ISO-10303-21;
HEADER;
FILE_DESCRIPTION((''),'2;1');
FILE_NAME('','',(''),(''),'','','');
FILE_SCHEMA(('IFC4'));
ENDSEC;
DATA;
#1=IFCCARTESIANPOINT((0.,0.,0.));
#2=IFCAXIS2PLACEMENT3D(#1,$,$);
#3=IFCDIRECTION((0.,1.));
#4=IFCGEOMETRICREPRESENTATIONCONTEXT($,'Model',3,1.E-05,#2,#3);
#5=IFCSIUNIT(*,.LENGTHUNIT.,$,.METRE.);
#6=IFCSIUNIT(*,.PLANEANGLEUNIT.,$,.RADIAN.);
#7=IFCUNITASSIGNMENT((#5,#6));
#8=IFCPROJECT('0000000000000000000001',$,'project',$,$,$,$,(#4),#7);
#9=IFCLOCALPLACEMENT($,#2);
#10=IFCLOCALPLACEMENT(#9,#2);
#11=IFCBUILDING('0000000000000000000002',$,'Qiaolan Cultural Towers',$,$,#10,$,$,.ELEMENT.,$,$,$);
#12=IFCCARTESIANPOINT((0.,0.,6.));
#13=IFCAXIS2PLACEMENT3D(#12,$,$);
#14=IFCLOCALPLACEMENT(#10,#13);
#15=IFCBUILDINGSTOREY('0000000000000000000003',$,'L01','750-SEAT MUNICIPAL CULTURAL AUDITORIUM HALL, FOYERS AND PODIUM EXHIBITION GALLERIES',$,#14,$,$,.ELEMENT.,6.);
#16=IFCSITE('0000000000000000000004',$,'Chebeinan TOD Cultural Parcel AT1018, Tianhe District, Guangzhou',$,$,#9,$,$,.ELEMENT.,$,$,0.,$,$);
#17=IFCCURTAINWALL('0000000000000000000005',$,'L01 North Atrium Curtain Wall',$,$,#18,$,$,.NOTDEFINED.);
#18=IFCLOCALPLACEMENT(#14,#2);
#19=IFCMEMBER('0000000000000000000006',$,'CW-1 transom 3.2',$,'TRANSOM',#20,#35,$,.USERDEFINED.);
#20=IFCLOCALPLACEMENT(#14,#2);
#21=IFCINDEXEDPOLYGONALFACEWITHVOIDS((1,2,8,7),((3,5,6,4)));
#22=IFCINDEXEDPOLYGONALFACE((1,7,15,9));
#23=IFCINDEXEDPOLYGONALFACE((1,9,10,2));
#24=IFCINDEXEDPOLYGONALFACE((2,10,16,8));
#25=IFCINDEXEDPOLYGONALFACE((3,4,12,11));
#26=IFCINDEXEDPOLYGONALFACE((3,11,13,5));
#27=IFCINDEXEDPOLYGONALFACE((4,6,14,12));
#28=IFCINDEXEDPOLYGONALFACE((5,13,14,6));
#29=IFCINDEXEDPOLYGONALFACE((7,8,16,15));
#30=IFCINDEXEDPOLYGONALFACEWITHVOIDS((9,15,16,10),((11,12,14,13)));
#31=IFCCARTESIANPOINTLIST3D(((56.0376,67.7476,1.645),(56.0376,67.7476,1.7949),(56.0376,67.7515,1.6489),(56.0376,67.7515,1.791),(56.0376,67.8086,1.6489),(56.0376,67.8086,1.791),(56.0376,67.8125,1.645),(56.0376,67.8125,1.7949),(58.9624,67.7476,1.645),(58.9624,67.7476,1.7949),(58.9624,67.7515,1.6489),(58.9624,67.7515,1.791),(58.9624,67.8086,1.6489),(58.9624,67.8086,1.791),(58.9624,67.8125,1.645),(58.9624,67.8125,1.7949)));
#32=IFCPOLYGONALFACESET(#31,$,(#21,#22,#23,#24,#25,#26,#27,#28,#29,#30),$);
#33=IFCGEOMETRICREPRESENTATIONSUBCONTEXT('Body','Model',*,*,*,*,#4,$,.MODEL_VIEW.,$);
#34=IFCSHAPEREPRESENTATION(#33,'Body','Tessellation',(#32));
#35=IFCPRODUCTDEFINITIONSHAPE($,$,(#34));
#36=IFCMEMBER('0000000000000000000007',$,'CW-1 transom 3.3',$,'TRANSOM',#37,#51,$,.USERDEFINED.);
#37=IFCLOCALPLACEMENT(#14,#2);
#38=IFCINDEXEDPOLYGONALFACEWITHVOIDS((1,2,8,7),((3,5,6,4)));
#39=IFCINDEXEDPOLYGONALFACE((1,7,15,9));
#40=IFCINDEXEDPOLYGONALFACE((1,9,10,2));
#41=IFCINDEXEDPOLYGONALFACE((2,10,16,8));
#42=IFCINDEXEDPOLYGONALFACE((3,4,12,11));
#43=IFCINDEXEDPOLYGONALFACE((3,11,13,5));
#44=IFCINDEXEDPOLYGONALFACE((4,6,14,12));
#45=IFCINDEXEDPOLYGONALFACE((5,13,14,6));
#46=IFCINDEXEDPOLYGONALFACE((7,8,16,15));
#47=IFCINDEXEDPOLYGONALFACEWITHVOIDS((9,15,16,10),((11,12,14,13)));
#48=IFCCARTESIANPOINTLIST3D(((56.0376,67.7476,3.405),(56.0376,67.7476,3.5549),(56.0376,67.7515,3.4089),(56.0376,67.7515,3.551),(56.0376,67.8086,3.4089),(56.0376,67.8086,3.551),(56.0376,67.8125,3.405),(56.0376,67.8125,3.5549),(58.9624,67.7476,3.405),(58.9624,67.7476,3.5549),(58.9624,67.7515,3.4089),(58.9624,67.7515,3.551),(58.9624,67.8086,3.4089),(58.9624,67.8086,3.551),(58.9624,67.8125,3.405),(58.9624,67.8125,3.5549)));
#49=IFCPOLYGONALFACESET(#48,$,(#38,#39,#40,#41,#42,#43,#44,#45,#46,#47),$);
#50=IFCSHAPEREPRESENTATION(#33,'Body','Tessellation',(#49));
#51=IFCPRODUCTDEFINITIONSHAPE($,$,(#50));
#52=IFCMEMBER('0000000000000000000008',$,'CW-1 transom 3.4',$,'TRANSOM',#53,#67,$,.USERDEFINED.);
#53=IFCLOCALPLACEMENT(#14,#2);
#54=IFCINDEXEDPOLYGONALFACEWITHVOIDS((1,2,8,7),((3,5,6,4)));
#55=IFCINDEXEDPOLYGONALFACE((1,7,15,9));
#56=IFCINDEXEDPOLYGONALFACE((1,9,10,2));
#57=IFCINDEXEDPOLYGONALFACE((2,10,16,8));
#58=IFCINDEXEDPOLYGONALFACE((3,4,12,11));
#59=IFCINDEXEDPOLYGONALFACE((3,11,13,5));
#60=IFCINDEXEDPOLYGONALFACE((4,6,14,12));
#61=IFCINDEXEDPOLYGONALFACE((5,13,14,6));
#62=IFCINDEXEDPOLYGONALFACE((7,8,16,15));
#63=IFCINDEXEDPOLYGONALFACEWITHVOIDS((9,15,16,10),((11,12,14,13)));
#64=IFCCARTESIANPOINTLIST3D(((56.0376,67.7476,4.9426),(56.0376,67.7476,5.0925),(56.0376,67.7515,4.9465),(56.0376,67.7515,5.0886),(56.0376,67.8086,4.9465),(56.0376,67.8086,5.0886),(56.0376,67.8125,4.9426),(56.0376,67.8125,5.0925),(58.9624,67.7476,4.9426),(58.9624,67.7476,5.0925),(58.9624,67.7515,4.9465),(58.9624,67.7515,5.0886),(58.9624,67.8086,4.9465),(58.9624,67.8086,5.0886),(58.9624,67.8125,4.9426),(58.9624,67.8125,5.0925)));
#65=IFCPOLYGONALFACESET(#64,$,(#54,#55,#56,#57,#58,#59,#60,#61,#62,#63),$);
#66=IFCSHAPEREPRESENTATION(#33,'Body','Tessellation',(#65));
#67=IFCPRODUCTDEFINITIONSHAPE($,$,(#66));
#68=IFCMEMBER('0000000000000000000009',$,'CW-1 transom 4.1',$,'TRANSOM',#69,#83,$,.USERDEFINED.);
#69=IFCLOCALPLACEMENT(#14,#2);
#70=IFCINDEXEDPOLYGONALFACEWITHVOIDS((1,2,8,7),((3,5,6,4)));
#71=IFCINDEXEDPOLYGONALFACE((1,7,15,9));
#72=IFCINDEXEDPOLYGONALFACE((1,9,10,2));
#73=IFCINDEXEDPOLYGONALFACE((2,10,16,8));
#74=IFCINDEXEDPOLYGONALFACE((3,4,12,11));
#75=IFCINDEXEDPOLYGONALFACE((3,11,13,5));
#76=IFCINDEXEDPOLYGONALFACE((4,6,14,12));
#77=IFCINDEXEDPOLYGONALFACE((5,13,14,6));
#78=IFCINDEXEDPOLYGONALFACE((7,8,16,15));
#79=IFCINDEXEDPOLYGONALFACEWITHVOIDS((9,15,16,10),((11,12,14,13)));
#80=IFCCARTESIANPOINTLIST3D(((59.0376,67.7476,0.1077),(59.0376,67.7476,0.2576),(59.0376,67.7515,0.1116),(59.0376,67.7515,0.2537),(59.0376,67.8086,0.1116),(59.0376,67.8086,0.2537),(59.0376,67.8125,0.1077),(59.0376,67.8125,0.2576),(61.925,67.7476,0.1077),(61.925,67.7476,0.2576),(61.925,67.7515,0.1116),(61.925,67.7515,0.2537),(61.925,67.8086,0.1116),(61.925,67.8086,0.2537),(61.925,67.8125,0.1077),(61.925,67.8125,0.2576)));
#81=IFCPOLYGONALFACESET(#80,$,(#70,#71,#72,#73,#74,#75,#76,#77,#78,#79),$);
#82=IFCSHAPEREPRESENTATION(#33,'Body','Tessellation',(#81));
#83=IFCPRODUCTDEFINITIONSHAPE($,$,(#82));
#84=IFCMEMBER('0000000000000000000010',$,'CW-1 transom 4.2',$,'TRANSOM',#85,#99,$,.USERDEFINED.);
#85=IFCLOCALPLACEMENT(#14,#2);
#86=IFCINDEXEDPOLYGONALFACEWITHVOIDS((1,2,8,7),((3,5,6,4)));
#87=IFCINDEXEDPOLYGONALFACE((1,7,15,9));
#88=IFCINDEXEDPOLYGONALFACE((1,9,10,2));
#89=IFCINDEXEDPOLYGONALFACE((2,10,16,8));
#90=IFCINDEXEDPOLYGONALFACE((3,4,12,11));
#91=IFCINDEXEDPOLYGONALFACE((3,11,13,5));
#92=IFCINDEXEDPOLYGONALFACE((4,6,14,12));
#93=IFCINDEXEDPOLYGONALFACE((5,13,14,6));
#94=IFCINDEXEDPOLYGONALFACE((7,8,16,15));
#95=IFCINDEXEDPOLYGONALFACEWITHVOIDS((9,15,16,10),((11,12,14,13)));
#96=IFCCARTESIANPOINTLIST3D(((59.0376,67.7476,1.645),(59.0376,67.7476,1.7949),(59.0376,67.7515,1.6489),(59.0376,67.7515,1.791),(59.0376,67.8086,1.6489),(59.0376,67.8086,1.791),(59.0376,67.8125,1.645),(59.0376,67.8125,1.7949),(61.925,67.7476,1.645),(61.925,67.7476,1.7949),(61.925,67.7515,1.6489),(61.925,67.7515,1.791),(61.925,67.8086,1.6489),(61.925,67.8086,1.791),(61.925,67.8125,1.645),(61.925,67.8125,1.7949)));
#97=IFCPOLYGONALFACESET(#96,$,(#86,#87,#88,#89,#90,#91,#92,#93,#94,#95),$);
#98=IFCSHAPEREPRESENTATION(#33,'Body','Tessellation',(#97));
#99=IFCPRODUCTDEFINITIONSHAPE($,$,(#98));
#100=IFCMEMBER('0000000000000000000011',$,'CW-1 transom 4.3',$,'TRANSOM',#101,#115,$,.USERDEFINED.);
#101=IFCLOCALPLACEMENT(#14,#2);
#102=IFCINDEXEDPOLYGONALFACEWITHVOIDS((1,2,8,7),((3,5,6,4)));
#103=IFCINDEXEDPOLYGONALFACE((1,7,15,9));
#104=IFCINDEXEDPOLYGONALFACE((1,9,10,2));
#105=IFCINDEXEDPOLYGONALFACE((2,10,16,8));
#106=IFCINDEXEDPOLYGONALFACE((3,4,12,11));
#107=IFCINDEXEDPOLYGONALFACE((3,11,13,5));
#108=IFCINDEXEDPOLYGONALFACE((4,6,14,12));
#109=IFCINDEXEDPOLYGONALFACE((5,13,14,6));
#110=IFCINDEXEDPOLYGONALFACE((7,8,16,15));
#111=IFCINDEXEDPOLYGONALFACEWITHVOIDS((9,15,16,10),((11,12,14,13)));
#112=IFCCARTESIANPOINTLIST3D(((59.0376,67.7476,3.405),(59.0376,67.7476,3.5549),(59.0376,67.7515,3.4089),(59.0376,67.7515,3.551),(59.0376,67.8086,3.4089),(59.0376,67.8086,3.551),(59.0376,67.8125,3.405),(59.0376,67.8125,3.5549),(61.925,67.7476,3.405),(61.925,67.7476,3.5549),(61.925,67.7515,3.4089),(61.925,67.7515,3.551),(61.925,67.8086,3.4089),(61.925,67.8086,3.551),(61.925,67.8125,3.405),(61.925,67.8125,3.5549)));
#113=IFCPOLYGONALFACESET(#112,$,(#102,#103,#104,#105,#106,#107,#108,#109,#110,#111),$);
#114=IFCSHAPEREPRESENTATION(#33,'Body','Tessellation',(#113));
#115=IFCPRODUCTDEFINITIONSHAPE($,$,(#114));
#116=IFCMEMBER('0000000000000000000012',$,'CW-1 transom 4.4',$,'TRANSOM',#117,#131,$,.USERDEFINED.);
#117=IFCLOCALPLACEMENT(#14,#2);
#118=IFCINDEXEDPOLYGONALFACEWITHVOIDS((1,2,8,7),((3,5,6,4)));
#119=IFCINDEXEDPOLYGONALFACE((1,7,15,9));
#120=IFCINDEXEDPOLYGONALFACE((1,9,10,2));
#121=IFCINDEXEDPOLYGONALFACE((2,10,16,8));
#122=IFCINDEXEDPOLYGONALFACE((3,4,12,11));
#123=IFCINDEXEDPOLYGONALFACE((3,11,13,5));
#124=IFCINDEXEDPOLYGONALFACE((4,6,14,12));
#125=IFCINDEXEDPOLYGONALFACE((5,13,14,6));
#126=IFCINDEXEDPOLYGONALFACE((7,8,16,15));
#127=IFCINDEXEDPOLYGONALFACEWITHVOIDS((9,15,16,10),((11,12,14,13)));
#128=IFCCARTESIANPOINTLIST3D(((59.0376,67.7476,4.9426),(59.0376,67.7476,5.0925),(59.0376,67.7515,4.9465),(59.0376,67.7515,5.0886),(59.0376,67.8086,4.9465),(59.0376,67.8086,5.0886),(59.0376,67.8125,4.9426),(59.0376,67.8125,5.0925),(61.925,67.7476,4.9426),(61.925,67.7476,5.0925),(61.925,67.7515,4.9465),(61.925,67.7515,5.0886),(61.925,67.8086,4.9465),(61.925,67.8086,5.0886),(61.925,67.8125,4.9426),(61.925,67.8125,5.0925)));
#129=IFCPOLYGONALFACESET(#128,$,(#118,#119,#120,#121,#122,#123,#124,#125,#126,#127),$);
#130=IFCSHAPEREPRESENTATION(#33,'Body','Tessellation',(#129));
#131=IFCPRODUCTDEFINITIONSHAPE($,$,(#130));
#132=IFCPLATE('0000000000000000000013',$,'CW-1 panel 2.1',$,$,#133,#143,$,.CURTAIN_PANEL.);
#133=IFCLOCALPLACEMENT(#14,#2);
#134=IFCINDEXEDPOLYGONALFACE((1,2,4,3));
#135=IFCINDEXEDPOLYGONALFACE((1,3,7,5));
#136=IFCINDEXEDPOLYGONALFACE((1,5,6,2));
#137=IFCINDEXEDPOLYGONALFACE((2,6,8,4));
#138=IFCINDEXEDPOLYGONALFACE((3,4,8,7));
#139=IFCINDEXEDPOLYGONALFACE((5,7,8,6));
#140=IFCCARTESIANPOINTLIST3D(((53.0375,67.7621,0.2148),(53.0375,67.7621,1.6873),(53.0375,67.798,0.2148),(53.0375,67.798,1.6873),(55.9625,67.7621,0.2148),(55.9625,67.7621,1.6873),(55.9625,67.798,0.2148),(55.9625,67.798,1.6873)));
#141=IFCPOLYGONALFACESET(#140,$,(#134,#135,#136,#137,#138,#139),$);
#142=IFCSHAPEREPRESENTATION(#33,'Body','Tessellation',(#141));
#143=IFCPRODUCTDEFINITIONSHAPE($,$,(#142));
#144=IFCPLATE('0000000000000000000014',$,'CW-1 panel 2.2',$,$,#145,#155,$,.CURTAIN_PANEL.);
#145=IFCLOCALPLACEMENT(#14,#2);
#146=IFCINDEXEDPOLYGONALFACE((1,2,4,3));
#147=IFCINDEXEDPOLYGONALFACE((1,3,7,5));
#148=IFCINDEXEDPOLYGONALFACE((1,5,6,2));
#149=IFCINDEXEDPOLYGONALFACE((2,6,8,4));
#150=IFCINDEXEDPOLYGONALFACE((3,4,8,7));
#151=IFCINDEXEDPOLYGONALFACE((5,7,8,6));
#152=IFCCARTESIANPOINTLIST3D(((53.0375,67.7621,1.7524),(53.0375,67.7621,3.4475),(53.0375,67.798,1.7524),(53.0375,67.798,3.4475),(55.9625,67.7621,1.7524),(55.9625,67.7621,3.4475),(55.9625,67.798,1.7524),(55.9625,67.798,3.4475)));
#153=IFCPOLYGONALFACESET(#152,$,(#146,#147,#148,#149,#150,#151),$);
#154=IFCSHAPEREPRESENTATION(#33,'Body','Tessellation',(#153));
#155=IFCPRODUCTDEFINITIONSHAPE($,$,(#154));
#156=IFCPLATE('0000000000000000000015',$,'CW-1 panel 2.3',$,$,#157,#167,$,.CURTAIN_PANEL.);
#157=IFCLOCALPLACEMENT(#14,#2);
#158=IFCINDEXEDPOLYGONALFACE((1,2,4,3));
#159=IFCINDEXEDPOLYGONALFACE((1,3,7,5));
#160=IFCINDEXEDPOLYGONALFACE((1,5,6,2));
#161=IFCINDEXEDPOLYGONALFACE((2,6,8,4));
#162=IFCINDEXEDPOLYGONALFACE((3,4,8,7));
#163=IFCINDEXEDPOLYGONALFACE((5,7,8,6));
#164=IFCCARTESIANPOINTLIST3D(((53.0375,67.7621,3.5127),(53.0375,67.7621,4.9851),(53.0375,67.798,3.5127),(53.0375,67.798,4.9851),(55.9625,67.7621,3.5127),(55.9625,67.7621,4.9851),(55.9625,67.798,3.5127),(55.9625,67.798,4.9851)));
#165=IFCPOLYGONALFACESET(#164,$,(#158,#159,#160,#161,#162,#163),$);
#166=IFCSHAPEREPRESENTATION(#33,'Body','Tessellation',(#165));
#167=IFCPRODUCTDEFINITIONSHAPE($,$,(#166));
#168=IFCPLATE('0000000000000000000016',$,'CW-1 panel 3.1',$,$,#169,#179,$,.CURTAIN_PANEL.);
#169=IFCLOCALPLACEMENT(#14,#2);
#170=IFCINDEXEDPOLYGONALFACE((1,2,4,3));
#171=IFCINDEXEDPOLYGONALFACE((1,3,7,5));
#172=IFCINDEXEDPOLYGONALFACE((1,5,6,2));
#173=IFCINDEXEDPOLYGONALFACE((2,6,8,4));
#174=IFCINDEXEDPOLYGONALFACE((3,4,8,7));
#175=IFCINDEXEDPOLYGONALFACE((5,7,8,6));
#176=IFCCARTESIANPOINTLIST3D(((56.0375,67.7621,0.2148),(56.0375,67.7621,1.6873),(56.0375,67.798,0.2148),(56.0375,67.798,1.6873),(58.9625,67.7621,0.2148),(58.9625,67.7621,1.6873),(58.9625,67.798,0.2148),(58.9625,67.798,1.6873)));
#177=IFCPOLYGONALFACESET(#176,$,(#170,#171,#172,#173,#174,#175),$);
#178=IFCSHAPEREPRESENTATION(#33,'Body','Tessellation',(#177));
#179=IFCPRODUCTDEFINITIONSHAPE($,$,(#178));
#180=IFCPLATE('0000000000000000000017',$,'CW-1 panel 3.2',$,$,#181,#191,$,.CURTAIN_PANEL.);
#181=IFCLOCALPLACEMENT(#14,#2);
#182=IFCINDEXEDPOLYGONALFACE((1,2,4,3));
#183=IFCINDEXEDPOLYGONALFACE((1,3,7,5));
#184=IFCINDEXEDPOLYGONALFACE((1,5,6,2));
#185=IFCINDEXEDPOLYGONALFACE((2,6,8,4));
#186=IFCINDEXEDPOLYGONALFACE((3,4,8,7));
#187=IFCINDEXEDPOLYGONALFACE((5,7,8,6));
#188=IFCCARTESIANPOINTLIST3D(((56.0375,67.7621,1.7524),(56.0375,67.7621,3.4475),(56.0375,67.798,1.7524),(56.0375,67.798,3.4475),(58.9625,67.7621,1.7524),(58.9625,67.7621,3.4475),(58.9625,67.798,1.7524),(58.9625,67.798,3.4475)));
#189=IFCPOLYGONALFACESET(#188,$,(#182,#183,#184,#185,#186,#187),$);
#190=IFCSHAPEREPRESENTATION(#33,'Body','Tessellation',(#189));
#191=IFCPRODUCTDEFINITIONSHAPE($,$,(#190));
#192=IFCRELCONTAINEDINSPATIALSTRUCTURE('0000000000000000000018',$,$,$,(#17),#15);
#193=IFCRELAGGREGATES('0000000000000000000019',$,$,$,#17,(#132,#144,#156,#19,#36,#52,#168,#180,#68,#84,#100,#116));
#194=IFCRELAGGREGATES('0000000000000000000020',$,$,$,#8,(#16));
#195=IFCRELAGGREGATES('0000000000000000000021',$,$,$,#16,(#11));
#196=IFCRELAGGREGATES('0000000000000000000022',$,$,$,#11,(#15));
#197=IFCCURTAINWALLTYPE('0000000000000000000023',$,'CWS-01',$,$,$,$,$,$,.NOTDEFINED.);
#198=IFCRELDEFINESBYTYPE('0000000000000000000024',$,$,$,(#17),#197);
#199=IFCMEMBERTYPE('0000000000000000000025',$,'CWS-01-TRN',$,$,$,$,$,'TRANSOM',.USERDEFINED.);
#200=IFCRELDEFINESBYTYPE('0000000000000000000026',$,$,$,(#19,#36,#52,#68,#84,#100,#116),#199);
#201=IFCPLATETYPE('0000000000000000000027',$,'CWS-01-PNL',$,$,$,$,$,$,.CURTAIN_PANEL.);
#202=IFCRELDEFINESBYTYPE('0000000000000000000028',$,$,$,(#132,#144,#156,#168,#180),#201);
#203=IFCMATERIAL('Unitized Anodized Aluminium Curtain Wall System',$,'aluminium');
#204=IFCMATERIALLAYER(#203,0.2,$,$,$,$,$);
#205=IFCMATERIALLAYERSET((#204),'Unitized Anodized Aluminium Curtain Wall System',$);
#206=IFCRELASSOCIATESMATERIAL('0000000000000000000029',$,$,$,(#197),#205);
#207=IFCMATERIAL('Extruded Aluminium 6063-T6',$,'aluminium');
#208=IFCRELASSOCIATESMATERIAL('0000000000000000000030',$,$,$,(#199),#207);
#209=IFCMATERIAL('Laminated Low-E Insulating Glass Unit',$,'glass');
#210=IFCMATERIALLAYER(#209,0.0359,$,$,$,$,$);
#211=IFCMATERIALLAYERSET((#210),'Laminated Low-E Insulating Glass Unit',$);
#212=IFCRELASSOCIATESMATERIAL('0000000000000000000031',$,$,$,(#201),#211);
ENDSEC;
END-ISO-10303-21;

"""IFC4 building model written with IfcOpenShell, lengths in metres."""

from ifc_helpers import new_model, si_unit, direction, frame, origin, origin_2d, place, context, subcontext, project, spatial, rectangle, hollow_rectangle, extrude, material, layer, layer_set, material_profile, profile_set, type_object, element, aggregate, save


model = new_model("IFC4")

# Units and contexts
model_context = context("Model", 3, precision=1e-05, world=origin(), true_north=direction((0.0, 1.0)))
body_context = subcontext(model_context, "Body", "Model", "MODEL_VIEW")
ifc_project = project(units=[si_unit("LENGTHUNIT", "METRE"), si_unit("PLANEANGLEUNIT", "RADIAN")], contexts=[model_context])

# Site, building, storey
site_placement = place(None, origin())
site = spatial("IfcSite", under=ifc_project, at=site_placement, Name="Chebeinan TOD Cultural Parcel AT1018, Tianhe District, Guangzhou", CompositionType="ELEMENT", RefElevation=0.0)
building_placement = place(site_placement, origin())
building = spatial("IfcBuilding", under=site, at=building_placement, Name="Qiaolan Cultural Towers", CompositionType="ELEMENT")
storey_placement = place(building_placement, frame((0.0, 0.0, 6.0)))
storey = spatial("IfcBuildingStorey", under=building, at=storey_placement, Name="L01", Description="750-SEAT MUNICIPAL CULTURAL AUDITORIUM HALL, FOYERS AND PODIUM EXHIBITION GALLERIES", CompositionType="ELEMENT", Elevation=6.0)

# Curtain wall, members, plates
ifc_material_1 = material(Name="Unitized Anodized Aluminium Curtain Wall System", Category="aluminium")
ifc_layer_1 = layer(ifc_material_1, 0.2)
ifc_layer_set_1 = layer_set([ifc_layer_1], Name="Unitized Anodized Aluminium Curtain Wall System")
curtain_wall_type = type_object("IfcCurtainWallType", Name="CWS-01", PredefinedType="NOTDEFINED", material=ifc_layer_set_1)
curtain_wall_placement = place(storey_placement, origin())
curtain_wall = element("IfcCurtainWall", 1, at=curtain_wall_placement, inside=storey, type_object=curtain_wall_type, Name="L01 North Atrium Curtain Wall", PredefinedType="NOTDEFINED")
ifc_material_2 = material(Name="Extruded Aluminium 6063-T6", Category="aluminium")
ifc_material_profile_1 = material_profile(ifc_material_2, hollow_rectangle(XDim=0.0649, YDim=0.1499, WallThickness=0.0039, at=origin_2d()), Name="CWT-150x65x4")
ifc_profile_set_1 = profile_set([ifc_material_profile_1], Name="Extruded Aluminium 6063-T6")
member_type_1 = type_object("IfcMemberType", Name="CWS-01-TRN", ElementType="TRANSOM", PredefinedType="USERDEFINED", material=ifc_profile_set_1)
member_1_placement = place(storey_placement, frame((56.0376, 67.78, 1.72), z_axis=(1.0, 0.0, 0.0), x_axis=(0.0, 1.0, 0.0)))
member_1 = element("IfcMember", 2, at=member_1_placement, type_object=member_type_1, Name="CW-1 transom 3.2", ObjectType="TRANSOM", PredefinedType="USERDEFINED", context=body_context, shape_type="SweptSolid", body=[
    extrude(hollow_rectangle(XDim=0.0649, YDim=0.1499, WallThickness=0.0039, at=origin_2d()), origin(), (0.0, 0.0, 1.0), 2.9248),
])
member_2_placement = place(storey_placement, frame((56.0376, 67.78, 3.48), z_axis=(1.0, 0.0, 0.0), x_axis=(0.0, 1.0, 0.0)))
member_2 = element("IfcMember", 3, at=member_2_placement, type_object=member_type_1, Name="CW-1 transom 3.3", ObjectType="TRANSOM", PredefinedType="USERDEFINED", context=body_context, shape_type="SweptSolid", body=[
    extrude(hollow_rectangle(XDim=0.0649, YDim=0.1499, WallThickness=0.0039, at=origin_2d()), origin(), (0.0, 0.0, 1.0), 2.9248),
])
member_3_placement = place(storey_placement, frame((56.0376, 67.78, 5.0176), z_axis=(1.0, 0.0, 0.0), x_axis=(0.0, 1.0, 0.0)))
member_3 = element("IfcMember", 4, at=member_3_placement, type_object=member_type_1, Name="CW-1 transom 3.4", ObjectType="TRANSOM", PredefinedType="USERDEFINED", context=body_context, shape_type="SweptSolid", body=[
    extrude(hollow_rectangle(XDim=0.0649, YDim=0.1499, WallThickness=0.0039, at=origin_2d()), origin(), (0.0, 0.0, 1.0), 2.9248),
])
member_4_placement = place(storey_placement, frame((59.0376, 67.78, 0.1826), z_axis=(1.0, 0.0, 0.0), x_axis=(0.0, 1.0, 0.0)))
member_4 = element("IfcMember", 5, at=member_4_placement, type_object=member_type_1, Name="CW-1 transom 4.1", ObjectType="TRANSOM", PredefinedType="USERDEFINED", context=body_context, shape_type="SweptSolid", body=[
    extrude(hollow_rectangle(XDim=0.0649, YDim=0.1499, WallThickness=0.0039, at=origin_2d()), origin(), (0.0, 0.0, 1.0), 2.8875),
])
member_5_placement = place(storey_placement, frame((59.0376, 67.78, 1.72), z_axis=(1.0, 0.0, 0.0), x_axis=(0.0, 1.0, 0.0)))
member_5 = element("IfcMember", 6, at=member_5_placement, type_object=member_type_1, Name="CW-1 transom 4.2", ObjectType="TRANSOM", PredefinedType="USERDEFINED", context=body_context, shape_type="SweptSolid", body=[
    extrude(hollow_rectangle(XDim=0.0649, YDim=0.1499, WallThickness=0.0039, at=origin_2d()), origin(), (0.0, 0.0, 1.0), 2.8875),
])
member_6_placement = place(storey_placement, frame((59.0376, 67.78, 3.48), z_axis=(1.0, 0.0, 0.0), x_axis=(0.0, 1.0, 0.0)))
member_6 = element("IfcMember", 7, at=member_6_placement, type_object=member_type_1, Name="CW-1 transom 4.3", ObjectType="TRANSOM", PredefinedType="USERDEFINED", context=body_context, shape_type="SweptSolid", body=[
    extrude(hollow_rectangle(XDim=0.0649, YDim=0.1499, WallThickness=0.0039, at=origin_2d()), origin(), (0.0, 0.0, 1.0), 2.8875),
])
member_7_placement = place(storey_placement, frame((59.0376, 67.78, 5.0176), z_axis=(1.0, 0.0, 0.0), x_axis=(0.0, 1.0, 0.0)))
member_7 = element("IfcMember", 8, at=member_7_placement, type_object=member_type_1, Name="CW-1 transom 4.4", ObjectType="TRANSOM", PredefinedType="USERDEFINED", context=body_context, shape_type="SweptSolid", body=[
    extrude(hollow_rectangle(XDim=0.0649, YDim=0.1499, WallThickness=0.0039, at=origin_2d()), origin(), (0.0, 0.0, 1.0), 2.8875),
])
ifc_material_3 = material(Name="Laminated Low-E Insulating Glass Unit", Category="glass")
ifc_layer_2 = layer(ifc_material_3, 0.0359)
ifc_layer_set_2 = layer_set([ifc_layer_2], Name="Laminated Low-E Insulating Glass Unit")
plate_type = type_object("IfcPlateType", Name="CWS-01-PNL", PredefinedType="CURTAIN_PANEL", material=ifc_layer_set_2)
plate_1_placement = place(storey_placement, frame((54.5, 67.78, 0.2148), z_axis=(0.0, 0.0, 1.0), x_axis=(1.0, 0.0, 0.0)))
plate_1 = element("IfcPlate", 9, at=plate_1_placement, type_object=plate_type, Name="CW-1 panel 2.1", PredefinedType="CURTAIN_PANEL", context=body_context, shape_type="SweptSolid", body=[
    extrude(rectangle(XDim=2.925, YDim=0.0359, at=origin_2d()), origin(), (0.0, 0.0, 1.0), 1.4724),
])
plate_2_placement = place(storey_placement, frame((54.5, 67.78, 1.7524), z_axis=(0.0, 0.0, 1.0), x_axis=(1.0, 0.0, 0.0)))
plate_2 = element("IfcPlate", 10, at=plate_2_placement, type_object=plate_type, Name="CW-1 panel 2.2", PredefinedType="CURTAIN_PANEL", context=body_context, shape_type="SweptSolid", body=[
    extrude(rectangle(XDim=2.925, YDim=0.0359, at=origin_2d()), origin(), (0.0, 0.0, 1.0), 1.6951),
])
plate_3_placement = place(storey_placement, frame((54.5, 67.78, 3.5127), z_axis=(0.0, 0.0, 1.0), x_axis=(1.0, 0.0, 0.0)))
plate_3 = element("IfcPlate", 11, at=plate_3_placement, type_object=plate_type, Name="CW-1 panel 2.3", PredefinedType="CURTAIN_PANEL", context=body_context, shape_type="SweptSolid", body=[
    extrude(rectangle(XDim=2.925, YDim=0.0359, at=origin_2d()), origin(), (0.0, 0.0, 1.0), 1.4724),
])
plate_4_placement = place(storey_placement, frame((57.5, 67.78, 0.2148), z_axis=(0.0, 0.0, 1.0), x_axis=(1.0, 0.0, 0.0)))
plate_4 = element("IfcPlate", 12, at=plate_4_placement, type_object=plate_type, Name="CW-1 panel 3.1", PredefinedType="CURTAIN_PANEL", context=body_context, shape_type="SweptSolid", body=[
    extrude(rectangle(XDim=2.925, YDim=0.0359, at=origin_2d()), origin(), (0.0, 0.0, 1.0), 1.4724),
])
plate_5_placement = place(storey_placement, frame((57.5, 67.78, 1.7524), z_axis=(0.0, 0.0, 1.0), x_axis=(1.0, 0.0, 0.0)))
plate_5 = element("IfcPlate", 13, at=plate_5_placement, type_object=plate_type, Name="CW-1 panel 3.2", PredefinedType="CURTAIN_PANEL", context=body_context, shape_type="SweptSolid", body=[
    extrude(rectangle(XDim=2.925, YDim=0.0359, at=origin_2d()), origin(), (0.0, 0.0, 1.0), 1.6951),
])
aggregate(curtain_wall, [plate_1, plate_2, plate_3, member_1, member_2, member_3, plate_4, plate_5, member_4, member_5, member_6, member_7])

save(model, "model.ifc")
